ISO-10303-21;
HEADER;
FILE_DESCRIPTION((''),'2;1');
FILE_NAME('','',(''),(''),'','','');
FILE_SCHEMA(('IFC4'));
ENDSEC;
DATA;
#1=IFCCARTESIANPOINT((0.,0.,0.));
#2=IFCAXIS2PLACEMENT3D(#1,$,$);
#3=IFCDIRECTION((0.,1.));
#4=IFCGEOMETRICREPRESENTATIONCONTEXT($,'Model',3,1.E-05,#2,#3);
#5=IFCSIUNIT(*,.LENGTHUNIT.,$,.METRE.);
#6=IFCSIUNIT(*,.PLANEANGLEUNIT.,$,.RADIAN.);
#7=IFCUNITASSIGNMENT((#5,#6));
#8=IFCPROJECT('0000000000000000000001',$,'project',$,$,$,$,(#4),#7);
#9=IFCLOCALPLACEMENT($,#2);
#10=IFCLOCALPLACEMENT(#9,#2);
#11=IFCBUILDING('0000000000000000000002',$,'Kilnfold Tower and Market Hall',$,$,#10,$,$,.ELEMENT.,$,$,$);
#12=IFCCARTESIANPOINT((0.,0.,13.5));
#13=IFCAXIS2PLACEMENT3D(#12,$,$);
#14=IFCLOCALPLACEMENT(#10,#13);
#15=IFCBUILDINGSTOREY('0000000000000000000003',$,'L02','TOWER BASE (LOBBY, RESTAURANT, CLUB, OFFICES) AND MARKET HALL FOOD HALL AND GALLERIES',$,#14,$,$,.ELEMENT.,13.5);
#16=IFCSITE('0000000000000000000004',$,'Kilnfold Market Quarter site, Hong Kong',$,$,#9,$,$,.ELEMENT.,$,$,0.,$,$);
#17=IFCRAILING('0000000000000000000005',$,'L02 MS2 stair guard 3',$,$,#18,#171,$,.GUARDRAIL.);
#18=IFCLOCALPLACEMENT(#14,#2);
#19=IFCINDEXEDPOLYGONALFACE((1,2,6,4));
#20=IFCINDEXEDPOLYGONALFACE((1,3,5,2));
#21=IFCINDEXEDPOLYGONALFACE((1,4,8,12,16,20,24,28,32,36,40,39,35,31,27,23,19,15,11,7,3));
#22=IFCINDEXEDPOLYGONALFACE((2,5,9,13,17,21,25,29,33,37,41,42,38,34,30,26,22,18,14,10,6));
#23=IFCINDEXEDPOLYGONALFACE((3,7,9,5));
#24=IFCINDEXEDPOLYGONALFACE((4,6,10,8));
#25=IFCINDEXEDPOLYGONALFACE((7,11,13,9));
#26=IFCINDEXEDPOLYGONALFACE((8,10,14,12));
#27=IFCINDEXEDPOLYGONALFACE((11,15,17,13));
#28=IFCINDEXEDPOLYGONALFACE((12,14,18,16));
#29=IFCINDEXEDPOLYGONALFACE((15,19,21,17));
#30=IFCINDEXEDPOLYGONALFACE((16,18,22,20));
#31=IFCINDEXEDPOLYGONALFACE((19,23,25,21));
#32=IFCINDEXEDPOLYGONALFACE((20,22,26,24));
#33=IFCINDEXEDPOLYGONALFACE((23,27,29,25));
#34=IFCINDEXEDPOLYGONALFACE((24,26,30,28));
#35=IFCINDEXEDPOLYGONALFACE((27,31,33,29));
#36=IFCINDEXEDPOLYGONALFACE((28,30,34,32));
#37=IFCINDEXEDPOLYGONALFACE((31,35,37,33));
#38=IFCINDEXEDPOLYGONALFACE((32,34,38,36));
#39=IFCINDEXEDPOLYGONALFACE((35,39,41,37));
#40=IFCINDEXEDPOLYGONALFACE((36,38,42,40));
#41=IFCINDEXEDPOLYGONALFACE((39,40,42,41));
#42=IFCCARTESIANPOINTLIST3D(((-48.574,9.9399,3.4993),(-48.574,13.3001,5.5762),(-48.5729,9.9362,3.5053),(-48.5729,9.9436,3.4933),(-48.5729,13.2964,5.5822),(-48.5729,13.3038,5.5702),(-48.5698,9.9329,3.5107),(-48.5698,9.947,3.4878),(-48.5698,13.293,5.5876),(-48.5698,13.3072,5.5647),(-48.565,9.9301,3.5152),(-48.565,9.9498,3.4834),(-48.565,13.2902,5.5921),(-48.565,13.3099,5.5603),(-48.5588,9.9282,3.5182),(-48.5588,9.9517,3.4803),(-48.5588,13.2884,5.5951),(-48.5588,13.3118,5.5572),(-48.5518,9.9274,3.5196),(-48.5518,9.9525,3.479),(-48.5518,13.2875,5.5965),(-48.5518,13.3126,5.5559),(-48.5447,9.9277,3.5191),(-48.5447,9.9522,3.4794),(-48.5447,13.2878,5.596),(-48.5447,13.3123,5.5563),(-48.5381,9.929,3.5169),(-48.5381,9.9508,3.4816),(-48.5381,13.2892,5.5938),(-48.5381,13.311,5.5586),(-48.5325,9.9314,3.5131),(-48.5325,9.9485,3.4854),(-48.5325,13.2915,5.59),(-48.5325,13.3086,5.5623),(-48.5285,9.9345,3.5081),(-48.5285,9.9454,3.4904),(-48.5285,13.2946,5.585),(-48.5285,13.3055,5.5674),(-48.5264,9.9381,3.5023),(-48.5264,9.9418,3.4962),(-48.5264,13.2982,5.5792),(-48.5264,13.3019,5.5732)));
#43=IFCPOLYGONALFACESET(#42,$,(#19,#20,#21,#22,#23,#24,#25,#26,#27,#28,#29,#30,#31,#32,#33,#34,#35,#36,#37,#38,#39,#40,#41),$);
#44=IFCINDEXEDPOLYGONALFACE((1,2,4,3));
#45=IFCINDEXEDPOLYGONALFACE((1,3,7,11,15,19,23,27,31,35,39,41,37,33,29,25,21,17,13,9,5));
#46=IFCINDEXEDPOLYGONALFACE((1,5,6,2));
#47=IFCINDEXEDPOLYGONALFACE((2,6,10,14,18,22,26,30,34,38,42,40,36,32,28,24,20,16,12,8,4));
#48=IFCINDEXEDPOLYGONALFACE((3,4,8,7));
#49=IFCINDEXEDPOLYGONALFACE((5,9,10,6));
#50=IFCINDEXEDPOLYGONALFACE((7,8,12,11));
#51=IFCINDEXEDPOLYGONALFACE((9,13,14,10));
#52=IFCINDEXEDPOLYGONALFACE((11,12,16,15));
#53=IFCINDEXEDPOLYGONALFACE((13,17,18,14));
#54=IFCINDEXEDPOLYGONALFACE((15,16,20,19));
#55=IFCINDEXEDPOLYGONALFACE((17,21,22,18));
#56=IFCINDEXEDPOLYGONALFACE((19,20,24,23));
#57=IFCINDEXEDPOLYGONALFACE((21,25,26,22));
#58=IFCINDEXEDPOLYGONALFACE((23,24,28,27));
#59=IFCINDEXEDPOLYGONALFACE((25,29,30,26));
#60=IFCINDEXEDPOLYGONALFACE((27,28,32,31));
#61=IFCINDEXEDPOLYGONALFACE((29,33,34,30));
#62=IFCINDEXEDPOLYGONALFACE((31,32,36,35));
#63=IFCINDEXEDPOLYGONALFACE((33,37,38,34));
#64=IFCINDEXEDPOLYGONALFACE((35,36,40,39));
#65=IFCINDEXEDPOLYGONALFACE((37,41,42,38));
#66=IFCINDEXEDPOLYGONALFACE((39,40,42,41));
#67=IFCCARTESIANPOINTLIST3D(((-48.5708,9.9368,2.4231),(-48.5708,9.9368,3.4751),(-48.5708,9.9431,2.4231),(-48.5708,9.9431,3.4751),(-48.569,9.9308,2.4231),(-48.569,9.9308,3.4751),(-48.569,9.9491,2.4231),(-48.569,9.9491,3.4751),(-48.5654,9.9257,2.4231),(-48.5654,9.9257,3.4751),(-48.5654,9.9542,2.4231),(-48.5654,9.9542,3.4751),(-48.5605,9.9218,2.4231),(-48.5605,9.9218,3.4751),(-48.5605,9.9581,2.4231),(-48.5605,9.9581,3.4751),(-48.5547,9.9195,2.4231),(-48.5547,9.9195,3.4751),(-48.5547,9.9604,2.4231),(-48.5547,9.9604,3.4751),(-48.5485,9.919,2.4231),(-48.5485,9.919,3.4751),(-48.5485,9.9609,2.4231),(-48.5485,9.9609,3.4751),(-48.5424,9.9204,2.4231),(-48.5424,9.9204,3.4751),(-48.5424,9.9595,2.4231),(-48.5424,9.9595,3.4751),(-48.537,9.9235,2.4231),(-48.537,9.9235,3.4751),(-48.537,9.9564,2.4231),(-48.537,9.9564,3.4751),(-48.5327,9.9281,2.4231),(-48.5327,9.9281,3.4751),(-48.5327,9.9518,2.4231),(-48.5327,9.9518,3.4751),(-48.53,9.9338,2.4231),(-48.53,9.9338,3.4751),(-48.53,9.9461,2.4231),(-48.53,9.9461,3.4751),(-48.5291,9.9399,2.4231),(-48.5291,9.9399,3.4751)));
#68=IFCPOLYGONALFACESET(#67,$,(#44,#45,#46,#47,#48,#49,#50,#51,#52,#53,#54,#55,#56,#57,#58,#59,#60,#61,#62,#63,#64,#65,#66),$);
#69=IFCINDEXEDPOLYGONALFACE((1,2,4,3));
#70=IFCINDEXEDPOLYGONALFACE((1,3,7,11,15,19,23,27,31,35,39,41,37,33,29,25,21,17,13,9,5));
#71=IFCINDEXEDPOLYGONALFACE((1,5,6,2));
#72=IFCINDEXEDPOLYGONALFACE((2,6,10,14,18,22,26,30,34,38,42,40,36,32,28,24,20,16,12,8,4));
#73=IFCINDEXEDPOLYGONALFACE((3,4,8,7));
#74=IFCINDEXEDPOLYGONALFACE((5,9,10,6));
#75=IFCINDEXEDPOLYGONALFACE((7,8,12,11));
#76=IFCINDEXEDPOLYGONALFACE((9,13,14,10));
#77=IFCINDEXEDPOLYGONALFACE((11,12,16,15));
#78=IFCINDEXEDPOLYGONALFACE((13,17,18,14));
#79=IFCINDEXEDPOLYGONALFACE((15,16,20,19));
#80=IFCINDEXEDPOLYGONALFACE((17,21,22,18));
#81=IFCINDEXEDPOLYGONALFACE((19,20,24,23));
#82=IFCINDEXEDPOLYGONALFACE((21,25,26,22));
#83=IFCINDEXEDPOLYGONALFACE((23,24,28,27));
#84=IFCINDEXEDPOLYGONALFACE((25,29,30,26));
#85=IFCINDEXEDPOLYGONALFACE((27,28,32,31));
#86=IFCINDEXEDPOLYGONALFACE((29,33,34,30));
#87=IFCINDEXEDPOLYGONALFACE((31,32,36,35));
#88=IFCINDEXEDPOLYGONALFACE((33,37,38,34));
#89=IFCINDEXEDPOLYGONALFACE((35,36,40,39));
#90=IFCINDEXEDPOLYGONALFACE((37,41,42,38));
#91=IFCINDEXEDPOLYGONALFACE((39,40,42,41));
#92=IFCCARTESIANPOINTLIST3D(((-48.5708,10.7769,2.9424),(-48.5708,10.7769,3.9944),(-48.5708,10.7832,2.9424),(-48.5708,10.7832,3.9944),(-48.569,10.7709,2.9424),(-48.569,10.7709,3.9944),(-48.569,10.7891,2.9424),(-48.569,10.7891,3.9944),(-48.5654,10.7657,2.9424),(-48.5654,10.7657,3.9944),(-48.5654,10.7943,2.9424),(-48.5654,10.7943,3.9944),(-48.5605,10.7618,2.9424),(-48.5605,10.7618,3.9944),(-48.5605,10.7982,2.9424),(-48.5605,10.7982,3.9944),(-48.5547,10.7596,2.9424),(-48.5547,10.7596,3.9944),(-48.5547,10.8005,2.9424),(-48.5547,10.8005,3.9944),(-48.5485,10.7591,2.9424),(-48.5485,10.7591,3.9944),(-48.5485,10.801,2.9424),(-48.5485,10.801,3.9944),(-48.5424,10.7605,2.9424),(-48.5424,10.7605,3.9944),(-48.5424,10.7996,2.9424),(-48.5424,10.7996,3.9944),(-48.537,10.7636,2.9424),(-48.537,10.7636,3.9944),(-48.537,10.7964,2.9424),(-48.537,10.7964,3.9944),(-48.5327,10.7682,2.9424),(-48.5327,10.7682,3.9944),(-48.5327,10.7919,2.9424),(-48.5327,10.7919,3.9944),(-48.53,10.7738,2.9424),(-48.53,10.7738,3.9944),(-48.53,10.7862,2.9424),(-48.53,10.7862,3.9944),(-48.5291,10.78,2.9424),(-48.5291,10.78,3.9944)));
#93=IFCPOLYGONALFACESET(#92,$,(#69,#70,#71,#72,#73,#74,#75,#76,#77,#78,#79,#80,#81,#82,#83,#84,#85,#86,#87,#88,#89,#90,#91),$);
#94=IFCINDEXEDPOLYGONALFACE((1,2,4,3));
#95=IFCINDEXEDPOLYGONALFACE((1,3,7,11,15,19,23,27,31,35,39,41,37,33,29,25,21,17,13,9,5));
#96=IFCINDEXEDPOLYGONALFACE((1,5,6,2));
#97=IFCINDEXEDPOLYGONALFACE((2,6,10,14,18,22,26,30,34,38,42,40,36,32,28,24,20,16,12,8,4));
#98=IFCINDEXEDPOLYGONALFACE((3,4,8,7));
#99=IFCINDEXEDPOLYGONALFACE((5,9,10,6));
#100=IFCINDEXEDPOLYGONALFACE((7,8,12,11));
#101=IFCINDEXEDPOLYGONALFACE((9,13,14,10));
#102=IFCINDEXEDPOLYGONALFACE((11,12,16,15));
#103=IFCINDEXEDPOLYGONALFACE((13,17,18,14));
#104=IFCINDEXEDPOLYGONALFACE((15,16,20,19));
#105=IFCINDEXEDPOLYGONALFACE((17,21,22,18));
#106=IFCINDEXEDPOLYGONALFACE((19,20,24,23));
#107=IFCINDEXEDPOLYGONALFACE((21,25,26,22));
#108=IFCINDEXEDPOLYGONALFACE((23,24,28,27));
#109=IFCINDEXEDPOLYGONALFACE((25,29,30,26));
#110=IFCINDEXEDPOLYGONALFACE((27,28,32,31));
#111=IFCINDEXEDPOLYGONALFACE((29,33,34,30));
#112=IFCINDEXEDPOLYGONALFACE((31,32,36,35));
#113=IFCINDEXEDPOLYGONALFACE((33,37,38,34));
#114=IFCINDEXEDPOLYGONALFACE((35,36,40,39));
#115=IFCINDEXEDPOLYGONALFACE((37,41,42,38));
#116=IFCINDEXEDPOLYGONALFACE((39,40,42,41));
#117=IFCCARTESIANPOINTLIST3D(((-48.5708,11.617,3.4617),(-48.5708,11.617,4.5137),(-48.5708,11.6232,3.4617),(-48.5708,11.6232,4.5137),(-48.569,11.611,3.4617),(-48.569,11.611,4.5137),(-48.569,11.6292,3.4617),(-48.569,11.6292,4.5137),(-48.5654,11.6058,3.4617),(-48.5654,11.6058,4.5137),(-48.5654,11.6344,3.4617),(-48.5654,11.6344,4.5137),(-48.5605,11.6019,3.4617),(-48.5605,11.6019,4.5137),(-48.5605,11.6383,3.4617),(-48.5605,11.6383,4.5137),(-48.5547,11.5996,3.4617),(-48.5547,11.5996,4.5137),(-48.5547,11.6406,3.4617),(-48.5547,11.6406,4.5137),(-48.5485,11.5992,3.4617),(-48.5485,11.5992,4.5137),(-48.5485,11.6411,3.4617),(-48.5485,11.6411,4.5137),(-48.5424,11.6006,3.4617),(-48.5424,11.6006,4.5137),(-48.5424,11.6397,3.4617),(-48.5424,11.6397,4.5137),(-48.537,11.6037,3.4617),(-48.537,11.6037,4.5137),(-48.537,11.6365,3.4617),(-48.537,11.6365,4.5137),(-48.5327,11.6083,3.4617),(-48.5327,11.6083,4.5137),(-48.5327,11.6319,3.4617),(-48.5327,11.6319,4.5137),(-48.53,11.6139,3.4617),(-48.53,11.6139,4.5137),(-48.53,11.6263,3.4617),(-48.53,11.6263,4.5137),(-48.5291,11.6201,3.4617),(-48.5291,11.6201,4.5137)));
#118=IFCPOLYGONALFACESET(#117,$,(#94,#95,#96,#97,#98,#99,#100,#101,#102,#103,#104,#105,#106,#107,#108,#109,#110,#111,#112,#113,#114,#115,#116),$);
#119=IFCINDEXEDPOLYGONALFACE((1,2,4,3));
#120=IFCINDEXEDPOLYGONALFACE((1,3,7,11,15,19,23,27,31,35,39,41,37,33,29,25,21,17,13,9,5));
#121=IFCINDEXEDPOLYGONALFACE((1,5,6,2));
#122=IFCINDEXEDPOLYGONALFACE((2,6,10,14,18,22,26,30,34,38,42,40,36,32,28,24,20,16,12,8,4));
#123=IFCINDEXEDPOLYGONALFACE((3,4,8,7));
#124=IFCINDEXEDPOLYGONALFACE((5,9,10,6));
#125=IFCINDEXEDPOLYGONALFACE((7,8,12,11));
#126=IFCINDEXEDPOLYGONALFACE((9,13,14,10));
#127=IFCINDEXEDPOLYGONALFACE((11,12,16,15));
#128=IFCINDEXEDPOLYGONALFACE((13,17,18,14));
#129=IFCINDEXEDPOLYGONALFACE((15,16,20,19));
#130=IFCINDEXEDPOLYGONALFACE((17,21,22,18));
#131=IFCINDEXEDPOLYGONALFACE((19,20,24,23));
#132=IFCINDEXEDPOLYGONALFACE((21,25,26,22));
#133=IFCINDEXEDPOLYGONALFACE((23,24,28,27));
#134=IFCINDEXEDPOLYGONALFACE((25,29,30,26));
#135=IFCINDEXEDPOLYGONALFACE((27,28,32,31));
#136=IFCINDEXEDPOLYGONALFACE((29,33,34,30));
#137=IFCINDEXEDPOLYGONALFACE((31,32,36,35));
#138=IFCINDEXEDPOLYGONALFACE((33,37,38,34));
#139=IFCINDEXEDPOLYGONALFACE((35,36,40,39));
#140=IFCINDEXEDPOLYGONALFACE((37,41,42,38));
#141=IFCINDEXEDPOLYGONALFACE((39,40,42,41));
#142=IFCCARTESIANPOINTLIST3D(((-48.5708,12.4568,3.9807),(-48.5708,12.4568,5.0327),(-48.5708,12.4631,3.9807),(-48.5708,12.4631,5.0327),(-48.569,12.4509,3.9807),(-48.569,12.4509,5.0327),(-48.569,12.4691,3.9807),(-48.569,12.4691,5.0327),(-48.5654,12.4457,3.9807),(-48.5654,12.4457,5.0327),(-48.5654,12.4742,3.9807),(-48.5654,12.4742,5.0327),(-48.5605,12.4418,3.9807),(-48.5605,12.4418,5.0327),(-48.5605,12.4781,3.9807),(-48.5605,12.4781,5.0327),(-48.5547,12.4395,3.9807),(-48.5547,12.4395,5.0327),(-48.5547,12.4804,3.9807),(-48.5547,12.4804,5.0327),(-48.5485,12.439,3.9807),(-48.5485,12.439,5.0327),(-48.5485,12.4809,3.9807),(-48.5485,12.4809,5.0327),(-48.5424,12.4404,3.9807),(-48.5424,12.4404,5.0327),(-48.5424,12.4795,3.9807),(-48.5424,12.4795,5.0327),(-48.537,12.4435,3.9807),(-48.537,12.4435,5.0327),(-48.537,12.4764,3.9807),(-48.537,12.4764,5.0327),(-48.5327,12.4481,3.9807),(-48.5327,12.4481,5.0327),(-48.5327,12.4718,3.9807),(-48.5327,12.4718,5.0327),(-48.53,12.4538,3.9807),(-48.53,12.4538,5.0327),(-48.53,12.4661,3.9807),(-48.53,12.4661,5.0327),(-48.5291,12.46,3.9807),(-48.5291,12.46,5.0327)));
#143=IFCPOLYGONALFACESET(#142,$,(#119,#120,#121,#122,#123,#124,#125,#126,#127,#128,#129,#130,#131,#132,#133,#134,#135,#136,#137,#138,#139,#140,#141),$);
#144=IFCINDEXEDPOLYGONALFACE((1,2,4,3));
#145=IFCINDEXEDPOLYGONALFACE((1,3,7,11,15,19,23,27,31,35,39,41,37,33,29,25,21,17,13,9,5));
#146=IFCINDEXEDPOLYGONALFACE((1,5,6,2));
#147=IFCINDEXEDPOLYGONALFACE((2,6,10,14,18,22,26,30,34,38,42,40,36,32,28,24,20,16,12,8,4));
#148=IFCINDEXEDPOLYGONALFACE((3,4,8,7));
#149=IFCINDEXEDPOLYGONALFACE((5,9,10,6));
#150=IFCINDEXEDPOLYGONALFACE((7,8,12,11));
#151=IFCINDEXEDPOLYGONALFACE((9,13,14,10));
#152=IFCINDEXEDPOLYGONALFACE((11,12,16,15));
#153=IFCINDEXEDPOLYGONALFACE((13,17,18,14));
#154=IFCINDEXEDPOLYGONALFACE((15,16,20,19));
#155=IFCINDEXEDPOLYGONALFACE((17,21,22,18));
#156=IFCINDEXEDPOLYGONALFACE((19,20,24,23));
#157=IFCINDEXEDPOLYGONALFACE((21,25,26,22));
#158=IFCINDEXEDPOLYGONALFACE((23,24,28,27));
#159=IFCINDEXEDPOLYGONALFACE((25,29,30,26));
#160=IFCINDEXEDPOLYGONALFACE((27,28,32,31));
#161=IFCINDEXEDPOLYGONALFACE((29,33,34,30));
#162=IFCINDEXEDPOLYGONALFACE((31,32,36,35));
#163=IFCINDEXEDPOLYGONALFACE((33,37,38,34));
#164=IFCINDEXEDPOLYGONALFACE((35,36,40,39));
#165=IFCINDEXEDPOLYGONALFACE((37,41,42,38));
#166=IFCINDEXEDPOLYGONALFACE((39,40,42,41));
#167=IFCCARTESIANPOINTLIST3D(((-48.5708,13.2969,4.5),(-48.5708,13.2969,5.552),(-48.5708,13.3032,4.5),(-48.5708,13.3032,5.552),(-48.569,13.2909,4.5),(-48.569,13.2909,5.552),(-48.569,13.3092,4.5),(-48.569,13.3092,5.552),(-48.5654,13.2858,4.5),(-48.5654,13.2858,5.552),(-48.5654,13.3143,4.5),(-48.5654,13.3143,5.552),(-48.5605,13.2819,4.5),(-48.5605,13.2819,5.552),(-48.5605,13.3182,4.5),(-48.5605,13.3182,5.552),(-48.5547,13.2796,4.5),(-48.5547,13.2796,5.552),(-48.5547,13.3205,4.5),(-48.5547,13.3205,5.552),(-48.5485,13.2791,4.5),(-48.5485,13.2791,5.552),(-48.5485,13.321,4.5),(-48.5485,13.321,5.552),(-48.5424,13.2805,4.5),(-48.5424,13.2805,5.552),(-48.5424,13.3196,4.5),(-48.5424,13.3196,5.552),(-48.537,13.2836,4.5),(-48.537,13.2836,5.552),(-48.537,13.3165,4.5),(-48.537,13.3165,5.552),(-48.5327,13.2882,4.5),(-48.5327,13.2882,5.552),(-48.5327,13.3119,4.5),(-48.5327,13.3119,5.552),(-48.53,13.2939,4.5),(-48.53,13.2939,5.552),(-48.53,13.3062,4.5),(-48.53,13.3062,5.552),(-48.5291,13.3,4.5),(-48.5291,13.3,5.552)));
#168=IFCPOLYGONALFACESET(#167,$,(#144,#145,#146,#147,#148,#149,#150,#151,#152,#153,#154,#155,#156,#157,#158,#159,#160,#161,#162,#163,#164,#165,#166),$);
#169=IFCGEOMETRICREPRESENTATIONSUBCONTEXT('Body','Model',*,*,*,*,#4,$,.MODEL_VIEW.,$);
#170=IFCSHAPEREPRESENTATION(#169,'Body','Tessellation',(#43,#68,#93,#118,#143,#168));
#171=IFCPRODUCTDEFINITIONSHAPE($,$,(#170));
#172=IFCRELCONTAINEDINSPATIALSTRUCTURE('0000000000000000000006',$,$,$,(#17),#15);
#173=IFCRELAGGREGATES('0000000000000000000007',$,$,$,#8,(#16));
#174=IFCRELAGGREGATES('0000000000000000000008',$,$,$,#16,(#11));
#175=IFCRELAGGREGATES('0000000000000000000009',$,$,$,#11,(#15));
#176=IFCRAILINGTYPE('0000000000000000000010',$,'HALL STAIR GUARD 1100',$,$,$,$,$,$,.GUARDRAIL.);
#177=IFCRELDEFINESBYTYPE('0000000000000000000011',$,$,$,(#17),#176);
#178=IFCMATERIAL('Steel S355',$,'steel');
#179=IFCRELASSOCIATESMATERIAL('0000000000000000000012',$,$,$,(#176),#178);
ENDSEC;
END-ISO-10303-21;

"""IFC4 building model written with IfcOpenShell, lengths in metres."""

from ifc_helpers import new_model, si_unit, direction, frame, origin, origin_2d, place, context, subcontext, project, spatial, circle, extrude, material, type_object, element, save


model = new_model("IFC4")

# Units and contexts
model_context = context("Model", 3, precision=1e-05, world=origin(), true_north=direction((0.0, 1.0)))
body_context = subcontext(model_context, "Body", "Model", "MODEL_VIEW")
ifc_project = project(units=[si_unit("LENGTHUNIT", "METRE"), si_unit("PLANEANGLEUNIT", "RADIAN")], contexts=[model_context])

# Site, building, storey
site_placement = place(None, origin())
site = spatial("IfcSite", under=ifc_project, at=site_placement, Name="Kilnfold Market Quarter site, Hong Kong", CompositionType="ELEMENT", RefElevation=0.0)
building_placement = place(site_placement, origin())
building = spatial("IfcBuilding", under=site, at=building_placement, Name="Kilnfold Tower and Market Hall", CompositionType="ELEMENT")
storey_placement = place(building_placement, frame((0.0, 0.0, 13.5)))
storey = spatial("IfcBuildingStorey", under=building, at=storey_placement, Name="L02", Description="TOWER BASE (LOBBY, RESTAURANT, CLUB, OFFICES) AND MARKET HALL FOOD HALL AND GALLERIES", CompositionType="ELEMENT", Elevation=13.5)

# Railing
ifc_material_1 = material(Name="Steel S355", Category="steel")
railing_type_1 = type_object("IfcRailingType", Name="HALL STAIR GUARD 1100", PredefinedType="GUARDRAIL", material=ifc_material_1)
railing_1_placement = place(storey_placement, frame((-48.55, 9.9399, 2.4231)))
element("IfcRailing", 1, at=railing_1_placement, inside=storey, type_object=railing_type_1, Name="L02 MS2 stair guard 3", PredefinedType="GUARDRAIL", context=body_context, shape_type="SweptSolid", body=[
    extrude(circle(Radius=0.0239, at=origin_2d()), frame((0.0, 0.0, 1.0762), z_axis=(0.0, 0.850623, 0.525776), x_axis=(-1.0, 0.0, 0.0)), (0.0, 0.0, 1.0), 3.9502),
    extrude(circle(Radius=0.021, at=origin_2d()), origin(), (0.0, 0.0, 1.0), 1.052),
    extrude(circle(Radius=0.021, at=origin_2d()), frame((0.0, 0.8401, 0.5193)), (0.0, 0.0, 1.0), 1.052),
    extrude(circle(Radius=0.021, at=origin_2d()), frame((0.0, 1.6802, 1.0386)), (0.0, 0.0, 1.0), 1.052),
    extrude(circle(Radius=0.021, at=origin_2d()), frame((0.0, 2.52, 1.5576)), (0.0, 0.0, 1.0), 1.052),
    extrude(circle(Radius=0.021, at=origin_2d()), frame((0.0, 3.3601, 2.0769)), (0.0, 0.0, 1.0), 1.052),
])

save(model, "model.ifc")
